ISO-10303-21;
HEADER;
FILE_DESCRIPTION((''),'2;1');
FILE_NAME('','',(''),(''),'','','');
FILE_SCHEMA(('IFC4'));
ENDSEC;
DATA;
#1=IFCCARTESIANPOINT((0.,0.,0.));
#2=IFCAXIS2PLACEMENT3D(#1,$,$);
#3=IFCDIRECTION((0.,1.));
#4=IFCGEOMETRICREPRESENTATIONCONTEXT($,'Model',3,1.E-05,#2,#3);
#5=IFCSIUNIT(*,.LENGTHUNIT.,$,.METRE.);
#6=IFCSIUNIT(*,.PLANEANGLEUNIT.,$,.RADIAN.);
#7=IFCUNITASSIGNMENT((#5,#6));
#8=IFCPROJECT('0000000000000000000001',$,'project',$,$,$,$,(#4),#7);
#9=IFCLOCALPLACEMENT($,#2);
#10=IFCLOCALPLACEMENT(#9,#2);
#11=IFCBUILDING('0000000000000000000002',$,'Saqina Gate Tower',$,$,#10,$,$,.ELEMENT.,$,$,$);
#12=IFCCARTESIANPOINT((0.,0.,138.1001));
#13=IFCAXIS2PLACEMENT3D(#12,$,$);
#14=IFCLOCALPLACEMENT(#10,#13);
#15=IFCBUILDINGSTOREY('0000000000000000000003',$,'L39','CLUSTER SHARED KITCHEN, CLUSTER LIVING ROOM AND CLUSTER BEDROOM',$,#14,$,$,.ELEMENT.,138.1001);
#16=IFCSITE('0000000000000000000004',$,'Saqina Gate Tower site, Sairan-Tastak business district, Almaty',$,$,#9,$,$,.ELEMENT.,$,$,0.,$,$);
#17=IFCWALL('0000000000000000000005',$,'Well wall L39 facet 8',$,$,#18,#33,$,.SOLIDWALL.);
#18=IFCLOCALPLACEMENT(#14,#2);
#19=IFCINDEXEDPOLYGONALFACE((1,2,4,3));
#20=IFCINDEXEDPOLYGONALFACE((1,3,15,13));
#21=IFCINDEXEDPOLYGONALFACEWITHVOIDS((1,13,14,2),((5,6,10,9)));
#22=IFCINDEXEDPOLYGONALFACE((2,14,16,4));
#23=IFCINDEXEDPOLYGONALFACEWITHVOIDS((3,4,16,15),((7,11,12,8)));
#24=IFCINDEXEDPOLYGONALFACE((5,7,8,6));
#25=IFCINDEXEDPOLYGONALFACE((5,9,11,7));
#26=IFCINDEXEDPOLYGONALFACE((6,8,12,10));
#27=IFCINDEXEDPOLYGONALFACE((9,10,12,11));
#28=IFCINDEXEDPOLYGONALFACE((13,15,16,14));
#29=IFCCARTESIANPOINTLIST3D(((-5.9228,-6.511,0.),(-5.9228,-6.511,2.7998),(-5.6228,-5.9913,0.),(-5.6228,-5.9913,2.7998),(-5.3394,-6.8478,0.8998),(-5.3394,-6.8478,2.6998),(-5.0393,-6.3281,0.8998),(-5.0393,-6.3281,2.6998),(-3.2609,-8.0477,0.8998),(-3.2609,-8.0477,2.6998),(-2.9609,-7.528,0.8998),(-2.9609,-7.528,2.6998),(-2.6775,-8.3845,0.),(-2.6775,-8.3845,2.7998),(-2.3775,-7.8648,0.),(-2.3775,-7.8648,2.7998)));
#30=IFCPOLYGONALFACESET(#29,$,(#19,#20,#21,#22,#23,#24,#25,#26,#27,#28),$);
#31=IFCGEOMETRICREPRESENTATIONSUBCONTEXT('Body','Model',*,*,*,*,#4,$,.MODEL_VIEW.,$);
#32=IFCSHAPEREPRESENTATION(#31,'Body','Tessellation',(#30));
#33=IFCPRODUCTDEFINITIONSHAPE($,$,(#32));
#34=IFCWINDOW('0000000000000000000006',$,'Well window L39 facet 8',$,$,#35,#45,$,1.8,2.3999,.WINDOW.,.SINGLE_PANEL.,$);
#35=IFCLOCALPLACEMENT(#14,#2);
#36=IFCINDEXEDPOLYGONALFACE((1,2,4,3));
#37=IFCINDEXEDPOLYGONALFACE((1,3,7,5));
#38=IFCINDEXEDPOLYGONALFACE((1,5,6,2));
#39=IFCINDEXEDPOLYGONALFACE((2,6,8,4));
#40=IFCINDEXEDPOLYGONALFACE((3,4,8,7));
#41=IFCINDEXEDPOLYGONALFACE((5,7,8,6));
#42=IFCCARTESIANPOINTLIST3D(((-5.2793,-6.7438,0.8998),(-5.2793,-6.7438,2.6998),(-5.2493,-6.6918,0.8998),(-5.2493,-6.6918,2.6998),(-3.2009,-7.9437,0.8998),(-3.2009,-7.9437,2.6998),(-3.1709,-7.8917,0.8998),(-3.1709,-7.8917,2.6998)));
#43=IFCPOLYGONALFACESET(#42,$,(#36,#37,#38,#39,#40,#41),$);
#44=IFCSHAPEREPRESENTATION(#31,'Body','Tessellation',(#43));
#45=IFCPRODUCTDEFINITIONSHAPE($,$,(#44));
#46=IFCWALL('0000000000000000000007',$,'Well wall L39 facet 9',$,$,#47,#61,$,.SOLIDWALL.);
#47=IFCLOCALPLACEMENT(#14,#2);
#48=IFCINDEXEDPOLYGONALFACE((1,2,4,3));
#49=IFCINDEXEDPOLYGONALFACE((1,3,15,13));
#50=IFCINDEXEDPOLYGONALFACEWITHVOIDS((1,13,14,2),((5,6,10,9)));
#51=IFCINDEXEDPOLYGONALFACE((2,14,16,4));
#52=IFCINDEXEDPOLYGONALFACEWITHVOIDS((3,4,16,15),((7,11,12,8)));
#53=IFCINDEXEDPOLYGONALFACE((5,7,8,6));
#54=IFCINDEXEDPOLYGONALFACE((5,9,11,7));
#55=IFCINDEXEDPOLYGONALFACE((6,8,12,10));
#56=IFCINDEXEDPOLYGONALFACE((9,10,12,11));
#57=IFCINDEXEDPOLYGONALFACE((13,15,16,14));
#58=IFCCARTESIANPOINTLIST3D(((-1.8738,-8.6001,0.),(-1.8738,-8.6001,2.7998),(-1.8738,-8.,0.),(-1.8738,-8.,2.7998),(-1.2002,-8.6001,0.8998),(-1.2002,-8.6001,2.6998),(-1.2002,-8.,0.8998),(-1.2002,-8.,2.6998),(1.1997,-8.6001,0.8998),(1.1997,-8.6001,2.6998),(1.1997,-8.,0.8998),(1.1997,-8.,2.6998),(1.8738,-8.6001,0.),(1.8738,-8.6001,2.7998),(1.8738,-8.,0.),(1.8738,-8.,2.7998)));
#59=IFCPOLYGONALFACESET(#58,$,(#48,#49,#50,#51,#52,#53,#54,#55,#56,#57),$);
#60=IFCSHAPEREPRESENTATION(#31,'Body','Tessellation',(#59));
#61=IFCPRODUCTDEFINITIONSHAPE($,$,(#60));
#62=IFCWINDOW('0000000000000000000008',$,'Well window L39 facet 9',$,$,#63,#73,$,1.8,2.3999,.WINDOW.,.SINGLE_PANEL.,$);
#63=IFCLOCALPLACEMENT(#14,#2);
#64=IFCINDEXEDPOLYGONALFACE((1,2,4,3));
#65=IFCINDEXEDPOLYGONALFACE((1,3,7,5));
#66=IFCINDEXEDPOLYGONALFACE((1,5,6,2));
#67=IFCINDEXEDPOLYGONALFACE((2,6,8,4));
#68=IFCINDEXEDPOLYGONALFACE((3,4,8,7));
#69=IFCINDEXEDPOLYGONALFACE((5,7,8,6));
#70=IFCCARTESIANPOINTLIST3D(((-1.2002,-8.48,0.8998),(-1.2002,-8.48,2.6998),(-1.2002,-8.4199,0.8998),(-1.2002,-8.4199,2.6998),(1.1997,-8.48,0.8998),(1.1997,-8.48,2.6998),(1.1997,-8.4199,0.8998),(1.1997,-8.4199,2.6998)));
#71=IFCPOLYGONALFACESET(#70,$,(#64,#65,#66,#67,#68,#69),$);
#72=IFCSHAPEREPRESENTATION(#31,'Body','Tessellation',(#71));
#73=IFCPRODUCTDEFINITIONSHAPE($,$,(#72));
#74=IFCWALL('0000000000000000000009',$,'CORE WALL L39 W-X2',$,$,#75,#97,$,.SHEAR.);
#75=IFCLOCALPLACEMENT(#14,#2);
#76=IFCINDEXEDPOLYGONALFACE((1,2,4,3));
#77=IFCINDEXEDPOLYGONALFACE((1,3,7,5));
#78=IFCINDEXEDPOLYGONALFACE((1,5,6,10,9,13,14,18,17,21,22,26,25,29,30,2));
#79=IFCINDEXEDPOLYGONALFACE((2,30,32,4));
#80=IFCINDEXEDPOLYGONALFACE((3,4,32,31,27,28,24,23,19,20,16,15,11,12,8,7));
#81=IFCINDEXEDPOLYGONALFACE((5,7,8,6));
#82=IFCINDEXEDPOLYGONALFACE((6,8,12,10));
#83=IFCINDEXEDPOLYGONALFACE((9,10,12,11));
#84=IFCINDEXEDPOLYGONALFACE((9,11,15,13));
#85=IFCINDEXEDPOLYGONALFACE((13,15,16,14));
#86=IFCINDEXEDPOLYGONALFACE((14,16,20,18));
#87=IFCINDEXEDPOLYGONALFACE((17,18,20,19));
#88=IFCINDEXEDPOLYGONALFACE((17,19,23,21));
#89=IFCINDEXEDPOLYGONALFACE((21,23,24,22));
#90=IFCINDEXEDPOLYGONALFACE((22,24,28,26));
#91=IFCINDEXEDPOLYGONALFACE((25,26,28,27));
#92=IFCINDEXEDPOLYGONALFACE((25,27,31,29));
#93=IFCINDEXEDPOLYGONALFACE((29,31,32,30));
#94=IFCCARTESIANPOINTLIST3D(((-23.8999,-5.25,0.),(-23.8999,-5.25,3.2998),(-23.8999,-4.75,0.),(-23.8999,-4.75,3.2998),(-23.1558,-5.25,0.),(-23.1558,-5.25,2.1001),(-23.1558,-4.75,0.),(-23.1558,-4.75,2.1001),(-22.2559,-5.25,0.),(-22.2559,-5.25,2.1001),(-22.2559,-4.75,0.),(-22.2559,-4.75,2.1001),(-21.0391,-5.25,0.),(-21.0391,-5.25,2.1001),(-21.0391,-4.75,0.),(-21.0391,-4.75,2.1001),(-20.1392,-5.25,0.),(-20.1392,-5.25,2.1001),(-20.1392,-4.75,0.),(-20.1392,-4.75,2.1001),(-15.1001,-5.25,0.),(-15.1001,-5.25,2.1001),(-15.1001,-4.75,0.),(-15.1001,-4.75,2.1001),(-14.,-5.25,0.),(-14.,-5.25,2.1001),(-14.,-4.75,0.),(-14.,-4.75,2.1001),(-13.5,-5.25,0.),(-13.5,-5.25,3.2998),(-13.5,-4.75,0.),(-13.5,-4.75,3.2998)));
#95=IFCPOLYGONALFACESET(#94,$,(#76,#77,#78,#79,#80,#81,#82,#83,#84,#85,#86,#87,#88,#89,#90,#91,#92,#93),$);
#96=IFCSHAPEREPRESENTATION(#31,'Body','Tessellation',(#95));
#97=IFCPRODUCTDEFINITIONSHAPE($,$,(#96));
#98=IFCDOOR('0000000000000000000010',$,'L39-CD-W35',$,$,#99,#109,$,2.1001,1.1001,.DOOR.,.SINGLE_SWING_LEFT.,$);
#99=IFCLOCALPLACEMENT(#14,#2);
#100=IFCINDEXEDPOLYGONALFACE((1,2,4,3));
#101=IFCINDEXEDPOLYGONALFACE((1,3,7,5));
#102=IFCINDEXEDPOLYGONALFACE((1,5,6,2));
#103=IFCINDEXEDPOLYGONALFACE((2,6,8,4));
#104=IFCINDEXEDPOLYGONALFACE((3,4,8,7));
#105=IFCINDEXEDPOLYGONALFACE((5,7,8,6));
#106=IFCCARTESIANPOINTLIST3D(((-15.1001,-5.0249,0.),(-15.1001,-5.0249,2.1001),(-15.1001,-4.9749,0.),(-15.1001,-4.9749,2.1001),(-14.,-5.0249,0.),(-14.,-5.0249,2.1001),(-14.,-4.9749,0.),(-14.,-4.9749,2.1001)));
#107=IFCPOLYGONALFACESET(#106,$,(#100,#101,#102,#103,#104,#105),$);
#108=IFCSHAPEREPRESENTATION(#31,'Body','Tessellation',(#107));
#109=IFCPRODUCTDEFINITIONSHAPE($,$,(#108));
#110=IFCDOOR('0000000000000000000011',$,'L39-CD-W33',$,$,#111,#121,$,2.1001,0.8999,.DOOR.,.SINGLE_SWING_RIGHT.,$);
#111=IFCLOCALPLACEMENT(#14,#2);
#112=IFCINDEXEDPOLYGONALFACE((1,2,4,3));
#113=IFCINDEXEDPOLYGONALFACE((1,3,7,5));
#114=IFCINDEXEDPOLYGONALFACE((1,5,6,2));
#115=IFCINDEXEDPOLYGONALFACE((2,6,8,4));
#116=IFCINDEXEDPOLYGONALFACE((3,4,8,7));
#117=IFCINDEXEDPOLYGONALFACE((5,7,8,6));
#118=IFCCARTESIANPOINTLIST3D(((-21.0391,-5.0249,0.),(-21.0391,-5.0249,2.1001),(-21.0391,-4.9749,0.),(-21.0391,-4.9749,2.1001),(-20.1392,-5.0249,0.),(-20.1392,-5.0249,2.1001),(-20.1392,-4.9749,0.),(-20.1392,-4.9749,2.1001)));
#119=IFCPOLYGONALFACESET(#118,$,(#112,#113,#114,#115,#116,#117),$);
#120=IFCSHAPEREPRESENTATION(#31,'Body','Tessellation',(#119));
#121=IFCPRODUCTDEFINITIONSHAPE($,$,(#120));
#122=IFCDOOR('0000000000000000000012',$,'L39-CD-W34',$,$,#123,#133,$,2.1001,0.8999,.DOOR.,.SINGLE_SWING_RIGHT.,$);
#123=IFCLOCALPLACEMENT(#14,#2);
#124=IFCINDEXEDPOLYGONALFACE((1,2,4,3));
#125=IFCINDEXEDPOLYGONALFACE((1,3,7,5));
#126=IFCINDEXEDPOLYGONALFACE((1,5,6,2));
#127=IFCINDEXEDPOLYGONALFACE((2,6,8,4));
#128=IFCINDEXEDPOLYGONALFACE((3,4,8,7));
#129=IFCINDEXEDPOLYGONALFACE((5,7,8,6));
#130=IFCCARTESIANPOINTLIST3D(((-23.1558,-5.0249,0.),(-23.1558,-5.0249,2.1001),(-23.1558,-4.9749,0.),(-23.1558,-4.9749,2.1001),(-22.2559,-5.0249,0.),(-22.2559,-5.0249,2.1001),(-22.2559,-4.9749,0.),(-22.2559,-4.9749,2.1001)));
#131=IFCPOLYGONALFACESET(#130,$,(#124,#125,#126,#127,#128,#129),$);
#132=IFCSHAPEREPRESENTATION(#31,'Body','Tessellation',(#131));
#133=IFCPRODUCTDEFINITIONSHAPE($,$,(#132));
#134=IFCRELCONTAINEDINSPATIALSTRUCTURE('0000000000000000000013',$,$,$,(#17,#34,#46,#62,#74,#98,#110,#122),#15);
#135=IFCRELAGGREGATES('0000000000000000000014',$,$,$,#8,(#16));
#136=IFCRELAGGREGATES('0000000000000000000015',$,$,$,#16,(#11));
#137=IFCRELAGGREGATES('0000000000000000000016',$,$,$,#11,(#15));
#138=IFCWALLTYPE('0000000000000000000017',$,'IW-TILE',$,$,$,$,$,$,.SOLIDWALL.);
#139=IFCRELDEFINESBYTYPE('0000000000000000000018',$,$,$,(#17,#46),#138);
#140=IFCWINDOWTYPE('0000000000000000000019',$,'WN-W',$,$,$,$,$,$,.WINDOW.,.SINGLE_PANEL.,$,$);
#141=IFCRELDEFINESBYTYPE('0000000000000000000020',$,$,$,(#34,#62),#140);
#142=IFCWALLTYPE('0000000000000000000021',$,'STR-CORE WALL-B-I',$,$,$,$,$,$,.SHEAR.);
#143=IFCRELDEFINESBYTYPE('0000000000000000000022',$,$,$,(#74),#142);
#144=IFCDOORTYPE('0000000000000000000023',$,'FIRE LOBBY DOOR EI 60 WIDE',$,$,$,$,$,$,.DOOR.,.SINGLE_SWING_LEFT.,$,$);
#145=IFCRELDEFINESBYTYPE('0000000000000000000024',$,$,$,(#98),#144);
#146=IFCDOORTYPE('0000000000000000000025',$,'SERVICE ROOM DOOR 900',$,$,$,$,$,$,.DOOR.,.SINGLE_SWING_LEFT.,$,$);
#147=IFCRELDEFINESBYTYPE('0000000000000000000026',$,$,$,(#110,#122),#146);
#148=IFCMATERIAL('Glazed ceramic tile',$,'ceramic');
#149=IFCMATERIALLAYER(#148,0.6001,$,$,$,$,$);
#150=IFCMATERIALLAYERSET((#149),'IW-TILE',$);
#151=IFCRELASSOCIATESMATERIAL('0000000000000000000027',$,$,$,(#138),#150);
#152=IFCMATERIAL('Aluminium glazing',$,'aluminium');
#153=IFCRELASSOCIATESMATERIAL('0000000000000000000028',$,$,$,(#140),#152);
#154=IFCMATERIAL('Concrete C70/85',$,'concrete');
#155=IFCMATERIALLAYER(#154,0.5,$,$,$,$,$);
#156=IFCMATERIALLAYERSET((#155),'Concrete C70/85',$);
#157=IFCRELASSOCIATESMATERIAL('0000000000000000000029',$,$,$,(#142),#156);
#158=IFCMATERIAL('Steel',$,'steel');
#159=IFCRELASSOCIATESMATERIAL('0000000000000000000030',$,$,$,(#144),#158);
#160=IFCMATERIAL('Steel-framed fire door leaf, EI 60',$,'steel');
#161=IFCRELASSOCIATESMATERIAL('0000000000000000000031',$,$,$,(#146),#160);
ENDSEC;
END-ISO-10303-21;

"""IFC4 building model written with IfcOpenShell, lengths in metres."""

from ifc_helpers import new_model, si_unit, direction, frame, frame_2d, origin, place, context, subcontext, project, spatial, rectangle, extrude, material, layer, layer_set, type_object, element, fill, save


model = new_model("IFC4")

# Units and contexts
model_context = context("Model", 3, precision=1e-05, world=origin(), true_north=direction((0.0, 1.0)))
body_context = subcontext(model_context, "Body", "Model", "MODEL_VIEW")
ifc_project = project(units=[si_unit("LENGTHUNIT", "METRE"), si_unit("PLANEANGLEUNIT", "RADIAN")], contexts=[model_context])

# Site, building, storey
site_placement = place(None, origin())
site = spatial("IfcSite", under=ifc_project, at=site_placement, Name="Saqina Gate Tower site, Sairan-Tastak business district, Almaty", CompositionType="ELEMENT", RefElevation=0.0)
building_placement = place(site_placement, origin())
building = spatial("IfcBuilding", under=site, at=building_placement, Name="Saqina Gate Tower", CompositionType="ELEMENT")
storey_placement = place(building_placement, frame((0.0, 0.0, 138.1001)))
storey = spatial("IfcBuildingStorey", under=building, at=storey_placement, Name="L39", Description="CLUSTER SHARED KITCHEN, CLUSTER LIVING ROOM AND CLUSTER BEDROOM", CompositionType="ELEMENT", Elevation=138.1001)

# Walls, openings, windows
ifc_material_1 = material(Name="Glazed ceramic tile", Category="ceramic")
ifc_layer_1 = layer(ifc_material_1, 0.6001)
ifc_layer_set_1 = layer_set([ifc_layer_1], Name="IW-TILE")
wall_type_1 = type_object("IfcWallType", Name="IW-TILE", PredefinedType="SOLIDWALL", material=ifc_layer_set_1)
ifc_material_2 = material(Name="Aluminium glazing", Category="aluminium")
window_type = type_object("IfcWindowType", Name="WN-W", PartitioningType="SINGLE_PANEL", PredefinedType="WINDOW", material=ifc_material_2)
wall_1_placement = place(storey_placement, frame((-5.7727, -6.2512, 0.0), z_axis=(0.0, 0.0, 1.0), x_axis=(0.866046, -0.499965, 0.0)))
wall_1 = element("IfcWall", 1, at=wall_1_placement, inside=storey, type_object=wall_type_1, Name="Well wall L39 facet 8", PredefinedType="SOLIDWALL", context=body_context, shape_type="SweptSolid", body=[
    extrude(rectangle(XDim=3.7473, YDim=0.6001, at=frame_2d((1.8735, 0.0))), origin(), (0.0, 0.0, 1.0), 2.7998),
])
opening_1_placement = place(wall_1_placement, frame((0.6736, 0.0, 0.8999)))
opening_1 = element("IfcOpeningElement", 2, at=opening_1_placement, cuts=wall_1, PredefinedType="OPENING", context=body_context, shape_type="SweptSolid", body=[
    extrude(rectangle(XDim=2.3999, YDim=1.8, at=frame_2d((1.2, 0.8999))), frame((0.0, 0.312, 0.0), z_axis=(0.0, -1.0, 0.0), x_axis=(1.0, 0.0, 0.0)), (0.0, 0.0, 1.0), 0.624),
])
window_1_placement = place(opening_1_placement, origin())
window_1 = element("IfcWindow", 3, at=window_1_placement, inside=storey, type_object=window_type, Name="Well window L39 facet 8", OverallHeight=1.8, OverallWidth=2.3999, PartitioningType="SINGLE_PANEL", PredefinedType="WINDOW", context=body_context, shape_type="SweptSolid", body=[
    extrude(rectangle(XDim=2.3999, YDim=1.8, at=frame_2d((1.2, 0.8999))), frame((0.0, -0.1199, 0.0), z_axis=(0.0, -1.0, 0.0), x_axis=(1.0, 0.0, 0.0)), (0.0, 0.0, 1.0), 0.0601),
])
fill(opening_1, window_1)
wall_2_placement = place(storey_placement, frame((-1.8738, -8.3, 0.0), z_axis=(0.0, 0.0, 1.0), x_axis=(1.0, 0.0, 0.0)))
wall_2 = element("IfcWall", 4, at=wall_2_placement, inside=storey, type_object=wall_type_1, Name="Well wall L39 facet 9", PredefinedType="SOLIDWALL", context=body_context, shape_type="SweptSolid", body=[
    extrude(rectangle(XDim=3.7476, YDim=0.6001, at=frame_2d((1.8738, 0.0))), origin(), (0.0, 0.0, 1.0), 2.7998),
])
opening_2_placement = place(wall_2_placement, frame((0.6736, 0.0, 0.8999)))
opening_2 = element("IfcOpeningElement", 5, at=opening_2_placement, cuts=wall_2, PredefinedType="OPENING", context=body_context, shape_type="SweptSolid", body=[
    extrude(rectangle(XDim=2.3999, YDim=1.8, at=frame_2d((1.2, 0.8999))), frame((0.0, 0.312, 0.0), z_axis=(0.0, -1.0, 0.0), x_axis=(1.0, 0.0, 0.0)), (0.0, 0.0, 1.0), 0.624),
])
window_2_placement = place(opening_2_placement, origin())
window_2 = element("IfcWindow", 6, at=window_2_placement, inside=storey, type_object=window_type, Name="Well window L39 facet 9", OverallHeight=1.8, OverallWidth=2.3999, PartitioningType="SINGLE_PANEL", PredefinedType="WINDOW", context=body_context, shape_type="SweptSolid", body=[
    extrude(rectangle(XDim=2.3999, YDim=1.8, at=frame_2d((1.2, 0.8999))), frame((0.0, -0.1199, 0.0), z_axis=(0.0, -1.0, 0.0), x_axis=(1.0, 0.0, 0.0)), (0.0, 0.0, 1.0), 0.0601),
])
fill(opening_2, window_2)

# Wall, openings, doors
ifc_material_3 = material(Name="Concrete C70/85", Category="concrete")
ifc_layer_2 = layer(ifc_material_3, 0.5)
ifc_layer_set_2 = layer_set([ifc_layer_2], Name="Concrete C70/85")
wall_type_2 = type_object("IfcWallType", Name="STR-CORE WALL-B-I", PredefinedType="SHEAR", material=ifc_layer_set_2)
wall_3_placement = place(storey_placement, frame((-13.5, -5.0, 0.0), z_axis=(0.0, 0.0, 1.0), x_axis=(-1.0, 0.0, 0.0)))
wall_3 = element("IfcWall", 7, at=wall_3_placement, inside=storey, type_object=wall_type_2, Name="CORE WALL L39 W-X2", PredefinedType="SHEAR", context=body_context, shape_type="SweptSolid", body=[
    extrude(rectangle(XDim=10.3999, YDim=0.5, at=frame_2d((5.2, 0.0))), origin(), (0.0, 0.0, 1.0), 3.2998),
])
opening_3_placement = place(wall_3_placement, frame((6.6392, 0.0, 0.0)))
opening_3 = element("IfcOpeningElement", 8, at=opening_3_placement, cuts=wall_3, PredefinedType="OPENING", context=body_context, shape_type="SweptSolid", body=[
    extrude(rectangle(XDim=0.8999, YDim=2.1001, at=frame_2d((0.45, 1.05))), frame((0.0, 0.262, 0.0), z_axis=(0.0, -1.0, 0.0), x_axis=(1.0, 0.0, 0.0)), (0.0, 0.0, 1.0), 0.5239),
])
opening_4_placement = place(wall_3_placement, frame((8.7559, 0.0, 0.0)))
opening_4 = element("IfcOpeningElement", 9, at=opening_4_placement, cuts=wall_3, PredefinedType="OPENING", context=body_context, shape_type="SweptSolid", body=[
    extrude(rectangle(XDim=0.8999, YDim=2.1001, at=frame_2d((0.45, 1.05))), frame((0.0, 0.262, 0.0), z_axis=(0.0, -1.0, 0.0), x_axis=(1.0, 0.0, 0.0)), (0.0, 0.0, 1.0), 0.5239),
])
opening_5_placement = place(wall_3_placement, frame((0.5, 0.0, 0.0)))
opening_5 = element("IfcOpeningElement", 10, at=opening_5_placement, cuts=wall_3, PredefinedType="OPENING", context=body_context, shape_type="SweptSolid", body=[
    extrude(rectangle(XDim=1.1001, YDim=2.1001, at=frame_2d((0.55, 1.05))), frame((0.0, 0.262, 0.0), z_axis=(0.0, -1.0, 0.0), x_axis=(1.0, 0.0, 0.0)), (0.0, 0.0, 1.0), 0.5239),
])
ifc_material_4 = material(Name="Steel", Category="steel")
door_type_1 = type_object("IfcDoorType", Name="FIRE LOBBY DOOR EI 60 WIDE", OperationType="SINGLE_SWING_LEFT", PredefinedType="DOOR", material=ifc_material_4)
door_1_placement = place(opening_5_placement, origin())
door_1 = element("IfcDoor", 11, at=door_1_placement, inside=storey, type_object=door_type_1, Name="L39-CD-W35", OperationType="SINGLE_SWING_LEFT", OverallHeight=2.1001, OverallWidth=1.1001, PredefinedType="DOOR", context=body_context, shape_type="SweptSolid", body=[
    extrude(rectangle(XDim=1.1001, YDim=2.1001, at=frame_2d((0.55, 1.05))), frame((0.0, 0.0249, 0.0), z_axis=(0.0, -1.0, 0.0), x_axis=(1.0, 0.0, 0.0)), (0.0, 0.0, 1.0), 0.05),
])
fill(opening_5, door_1)
ifc_material_5 = material(Name="Steel-framed fire door leaf, EI 60", Category="steel")
door_type_2 = type_object("IfcDoorType", Name="SERVICE ROOM DOOR 900", OperationType="SINGLE_SWING_LEFT", PredefinedType="DOOR", material=ifc_material_5)
door_2_placement = place(opening_3_placement, origin())
door_2 = element("IfcDoor", 12, at=door_2_placement, inside=storey, type_object=door_type_2, Name="L39-CD-W33", OperationType="SINGLE_SWING_RIGHT", OverallHeight=2.1001, OverallWidth=0.8999, PredefinedType="DOOR", context=body_context, shape_type="SweptSolid", body=[
    extrude(rectangle(XDim=0.8999, YDim=2.1001, at=frame_2d((0.45, 1.05))), frame((0.0, 0.0249, 0.0), z_axis=(0.0, -1.0, 0.0), x_axis=(1.0, 0.0, 0.0)), (0.0, 0.0, 1.0), 0.05),
])
fill(opening_3, door_2)
door_3_placement = place(opening_4_placement, origin())
door_3 = element("IfcDoor", 13, at=door_3_placement, inside=storey, type_object=door_type_2, Name="L39-CD-W34", OperationType="SINGLE_SWING_RIGHT", OverallHeight=2.1001, OverallWidth=0.8999, PredefinedType="DOOR", context=body_context, shape_type="SweptSolid", body=[
    extrude(rectangle(XDim=0.8999, YDim=2.1001, at=frame_2d((0.45, 1.05))), frame((0.0, 0.0249, 0.0), z_axis=(0.0, -1.0, 0.0), x_axis=(1.0, 0.0, 0.0)), (0.0, 0.0, 1.0), 0.05),
])
fill(opening_4, door_3)

save(model, "model.ifc")
